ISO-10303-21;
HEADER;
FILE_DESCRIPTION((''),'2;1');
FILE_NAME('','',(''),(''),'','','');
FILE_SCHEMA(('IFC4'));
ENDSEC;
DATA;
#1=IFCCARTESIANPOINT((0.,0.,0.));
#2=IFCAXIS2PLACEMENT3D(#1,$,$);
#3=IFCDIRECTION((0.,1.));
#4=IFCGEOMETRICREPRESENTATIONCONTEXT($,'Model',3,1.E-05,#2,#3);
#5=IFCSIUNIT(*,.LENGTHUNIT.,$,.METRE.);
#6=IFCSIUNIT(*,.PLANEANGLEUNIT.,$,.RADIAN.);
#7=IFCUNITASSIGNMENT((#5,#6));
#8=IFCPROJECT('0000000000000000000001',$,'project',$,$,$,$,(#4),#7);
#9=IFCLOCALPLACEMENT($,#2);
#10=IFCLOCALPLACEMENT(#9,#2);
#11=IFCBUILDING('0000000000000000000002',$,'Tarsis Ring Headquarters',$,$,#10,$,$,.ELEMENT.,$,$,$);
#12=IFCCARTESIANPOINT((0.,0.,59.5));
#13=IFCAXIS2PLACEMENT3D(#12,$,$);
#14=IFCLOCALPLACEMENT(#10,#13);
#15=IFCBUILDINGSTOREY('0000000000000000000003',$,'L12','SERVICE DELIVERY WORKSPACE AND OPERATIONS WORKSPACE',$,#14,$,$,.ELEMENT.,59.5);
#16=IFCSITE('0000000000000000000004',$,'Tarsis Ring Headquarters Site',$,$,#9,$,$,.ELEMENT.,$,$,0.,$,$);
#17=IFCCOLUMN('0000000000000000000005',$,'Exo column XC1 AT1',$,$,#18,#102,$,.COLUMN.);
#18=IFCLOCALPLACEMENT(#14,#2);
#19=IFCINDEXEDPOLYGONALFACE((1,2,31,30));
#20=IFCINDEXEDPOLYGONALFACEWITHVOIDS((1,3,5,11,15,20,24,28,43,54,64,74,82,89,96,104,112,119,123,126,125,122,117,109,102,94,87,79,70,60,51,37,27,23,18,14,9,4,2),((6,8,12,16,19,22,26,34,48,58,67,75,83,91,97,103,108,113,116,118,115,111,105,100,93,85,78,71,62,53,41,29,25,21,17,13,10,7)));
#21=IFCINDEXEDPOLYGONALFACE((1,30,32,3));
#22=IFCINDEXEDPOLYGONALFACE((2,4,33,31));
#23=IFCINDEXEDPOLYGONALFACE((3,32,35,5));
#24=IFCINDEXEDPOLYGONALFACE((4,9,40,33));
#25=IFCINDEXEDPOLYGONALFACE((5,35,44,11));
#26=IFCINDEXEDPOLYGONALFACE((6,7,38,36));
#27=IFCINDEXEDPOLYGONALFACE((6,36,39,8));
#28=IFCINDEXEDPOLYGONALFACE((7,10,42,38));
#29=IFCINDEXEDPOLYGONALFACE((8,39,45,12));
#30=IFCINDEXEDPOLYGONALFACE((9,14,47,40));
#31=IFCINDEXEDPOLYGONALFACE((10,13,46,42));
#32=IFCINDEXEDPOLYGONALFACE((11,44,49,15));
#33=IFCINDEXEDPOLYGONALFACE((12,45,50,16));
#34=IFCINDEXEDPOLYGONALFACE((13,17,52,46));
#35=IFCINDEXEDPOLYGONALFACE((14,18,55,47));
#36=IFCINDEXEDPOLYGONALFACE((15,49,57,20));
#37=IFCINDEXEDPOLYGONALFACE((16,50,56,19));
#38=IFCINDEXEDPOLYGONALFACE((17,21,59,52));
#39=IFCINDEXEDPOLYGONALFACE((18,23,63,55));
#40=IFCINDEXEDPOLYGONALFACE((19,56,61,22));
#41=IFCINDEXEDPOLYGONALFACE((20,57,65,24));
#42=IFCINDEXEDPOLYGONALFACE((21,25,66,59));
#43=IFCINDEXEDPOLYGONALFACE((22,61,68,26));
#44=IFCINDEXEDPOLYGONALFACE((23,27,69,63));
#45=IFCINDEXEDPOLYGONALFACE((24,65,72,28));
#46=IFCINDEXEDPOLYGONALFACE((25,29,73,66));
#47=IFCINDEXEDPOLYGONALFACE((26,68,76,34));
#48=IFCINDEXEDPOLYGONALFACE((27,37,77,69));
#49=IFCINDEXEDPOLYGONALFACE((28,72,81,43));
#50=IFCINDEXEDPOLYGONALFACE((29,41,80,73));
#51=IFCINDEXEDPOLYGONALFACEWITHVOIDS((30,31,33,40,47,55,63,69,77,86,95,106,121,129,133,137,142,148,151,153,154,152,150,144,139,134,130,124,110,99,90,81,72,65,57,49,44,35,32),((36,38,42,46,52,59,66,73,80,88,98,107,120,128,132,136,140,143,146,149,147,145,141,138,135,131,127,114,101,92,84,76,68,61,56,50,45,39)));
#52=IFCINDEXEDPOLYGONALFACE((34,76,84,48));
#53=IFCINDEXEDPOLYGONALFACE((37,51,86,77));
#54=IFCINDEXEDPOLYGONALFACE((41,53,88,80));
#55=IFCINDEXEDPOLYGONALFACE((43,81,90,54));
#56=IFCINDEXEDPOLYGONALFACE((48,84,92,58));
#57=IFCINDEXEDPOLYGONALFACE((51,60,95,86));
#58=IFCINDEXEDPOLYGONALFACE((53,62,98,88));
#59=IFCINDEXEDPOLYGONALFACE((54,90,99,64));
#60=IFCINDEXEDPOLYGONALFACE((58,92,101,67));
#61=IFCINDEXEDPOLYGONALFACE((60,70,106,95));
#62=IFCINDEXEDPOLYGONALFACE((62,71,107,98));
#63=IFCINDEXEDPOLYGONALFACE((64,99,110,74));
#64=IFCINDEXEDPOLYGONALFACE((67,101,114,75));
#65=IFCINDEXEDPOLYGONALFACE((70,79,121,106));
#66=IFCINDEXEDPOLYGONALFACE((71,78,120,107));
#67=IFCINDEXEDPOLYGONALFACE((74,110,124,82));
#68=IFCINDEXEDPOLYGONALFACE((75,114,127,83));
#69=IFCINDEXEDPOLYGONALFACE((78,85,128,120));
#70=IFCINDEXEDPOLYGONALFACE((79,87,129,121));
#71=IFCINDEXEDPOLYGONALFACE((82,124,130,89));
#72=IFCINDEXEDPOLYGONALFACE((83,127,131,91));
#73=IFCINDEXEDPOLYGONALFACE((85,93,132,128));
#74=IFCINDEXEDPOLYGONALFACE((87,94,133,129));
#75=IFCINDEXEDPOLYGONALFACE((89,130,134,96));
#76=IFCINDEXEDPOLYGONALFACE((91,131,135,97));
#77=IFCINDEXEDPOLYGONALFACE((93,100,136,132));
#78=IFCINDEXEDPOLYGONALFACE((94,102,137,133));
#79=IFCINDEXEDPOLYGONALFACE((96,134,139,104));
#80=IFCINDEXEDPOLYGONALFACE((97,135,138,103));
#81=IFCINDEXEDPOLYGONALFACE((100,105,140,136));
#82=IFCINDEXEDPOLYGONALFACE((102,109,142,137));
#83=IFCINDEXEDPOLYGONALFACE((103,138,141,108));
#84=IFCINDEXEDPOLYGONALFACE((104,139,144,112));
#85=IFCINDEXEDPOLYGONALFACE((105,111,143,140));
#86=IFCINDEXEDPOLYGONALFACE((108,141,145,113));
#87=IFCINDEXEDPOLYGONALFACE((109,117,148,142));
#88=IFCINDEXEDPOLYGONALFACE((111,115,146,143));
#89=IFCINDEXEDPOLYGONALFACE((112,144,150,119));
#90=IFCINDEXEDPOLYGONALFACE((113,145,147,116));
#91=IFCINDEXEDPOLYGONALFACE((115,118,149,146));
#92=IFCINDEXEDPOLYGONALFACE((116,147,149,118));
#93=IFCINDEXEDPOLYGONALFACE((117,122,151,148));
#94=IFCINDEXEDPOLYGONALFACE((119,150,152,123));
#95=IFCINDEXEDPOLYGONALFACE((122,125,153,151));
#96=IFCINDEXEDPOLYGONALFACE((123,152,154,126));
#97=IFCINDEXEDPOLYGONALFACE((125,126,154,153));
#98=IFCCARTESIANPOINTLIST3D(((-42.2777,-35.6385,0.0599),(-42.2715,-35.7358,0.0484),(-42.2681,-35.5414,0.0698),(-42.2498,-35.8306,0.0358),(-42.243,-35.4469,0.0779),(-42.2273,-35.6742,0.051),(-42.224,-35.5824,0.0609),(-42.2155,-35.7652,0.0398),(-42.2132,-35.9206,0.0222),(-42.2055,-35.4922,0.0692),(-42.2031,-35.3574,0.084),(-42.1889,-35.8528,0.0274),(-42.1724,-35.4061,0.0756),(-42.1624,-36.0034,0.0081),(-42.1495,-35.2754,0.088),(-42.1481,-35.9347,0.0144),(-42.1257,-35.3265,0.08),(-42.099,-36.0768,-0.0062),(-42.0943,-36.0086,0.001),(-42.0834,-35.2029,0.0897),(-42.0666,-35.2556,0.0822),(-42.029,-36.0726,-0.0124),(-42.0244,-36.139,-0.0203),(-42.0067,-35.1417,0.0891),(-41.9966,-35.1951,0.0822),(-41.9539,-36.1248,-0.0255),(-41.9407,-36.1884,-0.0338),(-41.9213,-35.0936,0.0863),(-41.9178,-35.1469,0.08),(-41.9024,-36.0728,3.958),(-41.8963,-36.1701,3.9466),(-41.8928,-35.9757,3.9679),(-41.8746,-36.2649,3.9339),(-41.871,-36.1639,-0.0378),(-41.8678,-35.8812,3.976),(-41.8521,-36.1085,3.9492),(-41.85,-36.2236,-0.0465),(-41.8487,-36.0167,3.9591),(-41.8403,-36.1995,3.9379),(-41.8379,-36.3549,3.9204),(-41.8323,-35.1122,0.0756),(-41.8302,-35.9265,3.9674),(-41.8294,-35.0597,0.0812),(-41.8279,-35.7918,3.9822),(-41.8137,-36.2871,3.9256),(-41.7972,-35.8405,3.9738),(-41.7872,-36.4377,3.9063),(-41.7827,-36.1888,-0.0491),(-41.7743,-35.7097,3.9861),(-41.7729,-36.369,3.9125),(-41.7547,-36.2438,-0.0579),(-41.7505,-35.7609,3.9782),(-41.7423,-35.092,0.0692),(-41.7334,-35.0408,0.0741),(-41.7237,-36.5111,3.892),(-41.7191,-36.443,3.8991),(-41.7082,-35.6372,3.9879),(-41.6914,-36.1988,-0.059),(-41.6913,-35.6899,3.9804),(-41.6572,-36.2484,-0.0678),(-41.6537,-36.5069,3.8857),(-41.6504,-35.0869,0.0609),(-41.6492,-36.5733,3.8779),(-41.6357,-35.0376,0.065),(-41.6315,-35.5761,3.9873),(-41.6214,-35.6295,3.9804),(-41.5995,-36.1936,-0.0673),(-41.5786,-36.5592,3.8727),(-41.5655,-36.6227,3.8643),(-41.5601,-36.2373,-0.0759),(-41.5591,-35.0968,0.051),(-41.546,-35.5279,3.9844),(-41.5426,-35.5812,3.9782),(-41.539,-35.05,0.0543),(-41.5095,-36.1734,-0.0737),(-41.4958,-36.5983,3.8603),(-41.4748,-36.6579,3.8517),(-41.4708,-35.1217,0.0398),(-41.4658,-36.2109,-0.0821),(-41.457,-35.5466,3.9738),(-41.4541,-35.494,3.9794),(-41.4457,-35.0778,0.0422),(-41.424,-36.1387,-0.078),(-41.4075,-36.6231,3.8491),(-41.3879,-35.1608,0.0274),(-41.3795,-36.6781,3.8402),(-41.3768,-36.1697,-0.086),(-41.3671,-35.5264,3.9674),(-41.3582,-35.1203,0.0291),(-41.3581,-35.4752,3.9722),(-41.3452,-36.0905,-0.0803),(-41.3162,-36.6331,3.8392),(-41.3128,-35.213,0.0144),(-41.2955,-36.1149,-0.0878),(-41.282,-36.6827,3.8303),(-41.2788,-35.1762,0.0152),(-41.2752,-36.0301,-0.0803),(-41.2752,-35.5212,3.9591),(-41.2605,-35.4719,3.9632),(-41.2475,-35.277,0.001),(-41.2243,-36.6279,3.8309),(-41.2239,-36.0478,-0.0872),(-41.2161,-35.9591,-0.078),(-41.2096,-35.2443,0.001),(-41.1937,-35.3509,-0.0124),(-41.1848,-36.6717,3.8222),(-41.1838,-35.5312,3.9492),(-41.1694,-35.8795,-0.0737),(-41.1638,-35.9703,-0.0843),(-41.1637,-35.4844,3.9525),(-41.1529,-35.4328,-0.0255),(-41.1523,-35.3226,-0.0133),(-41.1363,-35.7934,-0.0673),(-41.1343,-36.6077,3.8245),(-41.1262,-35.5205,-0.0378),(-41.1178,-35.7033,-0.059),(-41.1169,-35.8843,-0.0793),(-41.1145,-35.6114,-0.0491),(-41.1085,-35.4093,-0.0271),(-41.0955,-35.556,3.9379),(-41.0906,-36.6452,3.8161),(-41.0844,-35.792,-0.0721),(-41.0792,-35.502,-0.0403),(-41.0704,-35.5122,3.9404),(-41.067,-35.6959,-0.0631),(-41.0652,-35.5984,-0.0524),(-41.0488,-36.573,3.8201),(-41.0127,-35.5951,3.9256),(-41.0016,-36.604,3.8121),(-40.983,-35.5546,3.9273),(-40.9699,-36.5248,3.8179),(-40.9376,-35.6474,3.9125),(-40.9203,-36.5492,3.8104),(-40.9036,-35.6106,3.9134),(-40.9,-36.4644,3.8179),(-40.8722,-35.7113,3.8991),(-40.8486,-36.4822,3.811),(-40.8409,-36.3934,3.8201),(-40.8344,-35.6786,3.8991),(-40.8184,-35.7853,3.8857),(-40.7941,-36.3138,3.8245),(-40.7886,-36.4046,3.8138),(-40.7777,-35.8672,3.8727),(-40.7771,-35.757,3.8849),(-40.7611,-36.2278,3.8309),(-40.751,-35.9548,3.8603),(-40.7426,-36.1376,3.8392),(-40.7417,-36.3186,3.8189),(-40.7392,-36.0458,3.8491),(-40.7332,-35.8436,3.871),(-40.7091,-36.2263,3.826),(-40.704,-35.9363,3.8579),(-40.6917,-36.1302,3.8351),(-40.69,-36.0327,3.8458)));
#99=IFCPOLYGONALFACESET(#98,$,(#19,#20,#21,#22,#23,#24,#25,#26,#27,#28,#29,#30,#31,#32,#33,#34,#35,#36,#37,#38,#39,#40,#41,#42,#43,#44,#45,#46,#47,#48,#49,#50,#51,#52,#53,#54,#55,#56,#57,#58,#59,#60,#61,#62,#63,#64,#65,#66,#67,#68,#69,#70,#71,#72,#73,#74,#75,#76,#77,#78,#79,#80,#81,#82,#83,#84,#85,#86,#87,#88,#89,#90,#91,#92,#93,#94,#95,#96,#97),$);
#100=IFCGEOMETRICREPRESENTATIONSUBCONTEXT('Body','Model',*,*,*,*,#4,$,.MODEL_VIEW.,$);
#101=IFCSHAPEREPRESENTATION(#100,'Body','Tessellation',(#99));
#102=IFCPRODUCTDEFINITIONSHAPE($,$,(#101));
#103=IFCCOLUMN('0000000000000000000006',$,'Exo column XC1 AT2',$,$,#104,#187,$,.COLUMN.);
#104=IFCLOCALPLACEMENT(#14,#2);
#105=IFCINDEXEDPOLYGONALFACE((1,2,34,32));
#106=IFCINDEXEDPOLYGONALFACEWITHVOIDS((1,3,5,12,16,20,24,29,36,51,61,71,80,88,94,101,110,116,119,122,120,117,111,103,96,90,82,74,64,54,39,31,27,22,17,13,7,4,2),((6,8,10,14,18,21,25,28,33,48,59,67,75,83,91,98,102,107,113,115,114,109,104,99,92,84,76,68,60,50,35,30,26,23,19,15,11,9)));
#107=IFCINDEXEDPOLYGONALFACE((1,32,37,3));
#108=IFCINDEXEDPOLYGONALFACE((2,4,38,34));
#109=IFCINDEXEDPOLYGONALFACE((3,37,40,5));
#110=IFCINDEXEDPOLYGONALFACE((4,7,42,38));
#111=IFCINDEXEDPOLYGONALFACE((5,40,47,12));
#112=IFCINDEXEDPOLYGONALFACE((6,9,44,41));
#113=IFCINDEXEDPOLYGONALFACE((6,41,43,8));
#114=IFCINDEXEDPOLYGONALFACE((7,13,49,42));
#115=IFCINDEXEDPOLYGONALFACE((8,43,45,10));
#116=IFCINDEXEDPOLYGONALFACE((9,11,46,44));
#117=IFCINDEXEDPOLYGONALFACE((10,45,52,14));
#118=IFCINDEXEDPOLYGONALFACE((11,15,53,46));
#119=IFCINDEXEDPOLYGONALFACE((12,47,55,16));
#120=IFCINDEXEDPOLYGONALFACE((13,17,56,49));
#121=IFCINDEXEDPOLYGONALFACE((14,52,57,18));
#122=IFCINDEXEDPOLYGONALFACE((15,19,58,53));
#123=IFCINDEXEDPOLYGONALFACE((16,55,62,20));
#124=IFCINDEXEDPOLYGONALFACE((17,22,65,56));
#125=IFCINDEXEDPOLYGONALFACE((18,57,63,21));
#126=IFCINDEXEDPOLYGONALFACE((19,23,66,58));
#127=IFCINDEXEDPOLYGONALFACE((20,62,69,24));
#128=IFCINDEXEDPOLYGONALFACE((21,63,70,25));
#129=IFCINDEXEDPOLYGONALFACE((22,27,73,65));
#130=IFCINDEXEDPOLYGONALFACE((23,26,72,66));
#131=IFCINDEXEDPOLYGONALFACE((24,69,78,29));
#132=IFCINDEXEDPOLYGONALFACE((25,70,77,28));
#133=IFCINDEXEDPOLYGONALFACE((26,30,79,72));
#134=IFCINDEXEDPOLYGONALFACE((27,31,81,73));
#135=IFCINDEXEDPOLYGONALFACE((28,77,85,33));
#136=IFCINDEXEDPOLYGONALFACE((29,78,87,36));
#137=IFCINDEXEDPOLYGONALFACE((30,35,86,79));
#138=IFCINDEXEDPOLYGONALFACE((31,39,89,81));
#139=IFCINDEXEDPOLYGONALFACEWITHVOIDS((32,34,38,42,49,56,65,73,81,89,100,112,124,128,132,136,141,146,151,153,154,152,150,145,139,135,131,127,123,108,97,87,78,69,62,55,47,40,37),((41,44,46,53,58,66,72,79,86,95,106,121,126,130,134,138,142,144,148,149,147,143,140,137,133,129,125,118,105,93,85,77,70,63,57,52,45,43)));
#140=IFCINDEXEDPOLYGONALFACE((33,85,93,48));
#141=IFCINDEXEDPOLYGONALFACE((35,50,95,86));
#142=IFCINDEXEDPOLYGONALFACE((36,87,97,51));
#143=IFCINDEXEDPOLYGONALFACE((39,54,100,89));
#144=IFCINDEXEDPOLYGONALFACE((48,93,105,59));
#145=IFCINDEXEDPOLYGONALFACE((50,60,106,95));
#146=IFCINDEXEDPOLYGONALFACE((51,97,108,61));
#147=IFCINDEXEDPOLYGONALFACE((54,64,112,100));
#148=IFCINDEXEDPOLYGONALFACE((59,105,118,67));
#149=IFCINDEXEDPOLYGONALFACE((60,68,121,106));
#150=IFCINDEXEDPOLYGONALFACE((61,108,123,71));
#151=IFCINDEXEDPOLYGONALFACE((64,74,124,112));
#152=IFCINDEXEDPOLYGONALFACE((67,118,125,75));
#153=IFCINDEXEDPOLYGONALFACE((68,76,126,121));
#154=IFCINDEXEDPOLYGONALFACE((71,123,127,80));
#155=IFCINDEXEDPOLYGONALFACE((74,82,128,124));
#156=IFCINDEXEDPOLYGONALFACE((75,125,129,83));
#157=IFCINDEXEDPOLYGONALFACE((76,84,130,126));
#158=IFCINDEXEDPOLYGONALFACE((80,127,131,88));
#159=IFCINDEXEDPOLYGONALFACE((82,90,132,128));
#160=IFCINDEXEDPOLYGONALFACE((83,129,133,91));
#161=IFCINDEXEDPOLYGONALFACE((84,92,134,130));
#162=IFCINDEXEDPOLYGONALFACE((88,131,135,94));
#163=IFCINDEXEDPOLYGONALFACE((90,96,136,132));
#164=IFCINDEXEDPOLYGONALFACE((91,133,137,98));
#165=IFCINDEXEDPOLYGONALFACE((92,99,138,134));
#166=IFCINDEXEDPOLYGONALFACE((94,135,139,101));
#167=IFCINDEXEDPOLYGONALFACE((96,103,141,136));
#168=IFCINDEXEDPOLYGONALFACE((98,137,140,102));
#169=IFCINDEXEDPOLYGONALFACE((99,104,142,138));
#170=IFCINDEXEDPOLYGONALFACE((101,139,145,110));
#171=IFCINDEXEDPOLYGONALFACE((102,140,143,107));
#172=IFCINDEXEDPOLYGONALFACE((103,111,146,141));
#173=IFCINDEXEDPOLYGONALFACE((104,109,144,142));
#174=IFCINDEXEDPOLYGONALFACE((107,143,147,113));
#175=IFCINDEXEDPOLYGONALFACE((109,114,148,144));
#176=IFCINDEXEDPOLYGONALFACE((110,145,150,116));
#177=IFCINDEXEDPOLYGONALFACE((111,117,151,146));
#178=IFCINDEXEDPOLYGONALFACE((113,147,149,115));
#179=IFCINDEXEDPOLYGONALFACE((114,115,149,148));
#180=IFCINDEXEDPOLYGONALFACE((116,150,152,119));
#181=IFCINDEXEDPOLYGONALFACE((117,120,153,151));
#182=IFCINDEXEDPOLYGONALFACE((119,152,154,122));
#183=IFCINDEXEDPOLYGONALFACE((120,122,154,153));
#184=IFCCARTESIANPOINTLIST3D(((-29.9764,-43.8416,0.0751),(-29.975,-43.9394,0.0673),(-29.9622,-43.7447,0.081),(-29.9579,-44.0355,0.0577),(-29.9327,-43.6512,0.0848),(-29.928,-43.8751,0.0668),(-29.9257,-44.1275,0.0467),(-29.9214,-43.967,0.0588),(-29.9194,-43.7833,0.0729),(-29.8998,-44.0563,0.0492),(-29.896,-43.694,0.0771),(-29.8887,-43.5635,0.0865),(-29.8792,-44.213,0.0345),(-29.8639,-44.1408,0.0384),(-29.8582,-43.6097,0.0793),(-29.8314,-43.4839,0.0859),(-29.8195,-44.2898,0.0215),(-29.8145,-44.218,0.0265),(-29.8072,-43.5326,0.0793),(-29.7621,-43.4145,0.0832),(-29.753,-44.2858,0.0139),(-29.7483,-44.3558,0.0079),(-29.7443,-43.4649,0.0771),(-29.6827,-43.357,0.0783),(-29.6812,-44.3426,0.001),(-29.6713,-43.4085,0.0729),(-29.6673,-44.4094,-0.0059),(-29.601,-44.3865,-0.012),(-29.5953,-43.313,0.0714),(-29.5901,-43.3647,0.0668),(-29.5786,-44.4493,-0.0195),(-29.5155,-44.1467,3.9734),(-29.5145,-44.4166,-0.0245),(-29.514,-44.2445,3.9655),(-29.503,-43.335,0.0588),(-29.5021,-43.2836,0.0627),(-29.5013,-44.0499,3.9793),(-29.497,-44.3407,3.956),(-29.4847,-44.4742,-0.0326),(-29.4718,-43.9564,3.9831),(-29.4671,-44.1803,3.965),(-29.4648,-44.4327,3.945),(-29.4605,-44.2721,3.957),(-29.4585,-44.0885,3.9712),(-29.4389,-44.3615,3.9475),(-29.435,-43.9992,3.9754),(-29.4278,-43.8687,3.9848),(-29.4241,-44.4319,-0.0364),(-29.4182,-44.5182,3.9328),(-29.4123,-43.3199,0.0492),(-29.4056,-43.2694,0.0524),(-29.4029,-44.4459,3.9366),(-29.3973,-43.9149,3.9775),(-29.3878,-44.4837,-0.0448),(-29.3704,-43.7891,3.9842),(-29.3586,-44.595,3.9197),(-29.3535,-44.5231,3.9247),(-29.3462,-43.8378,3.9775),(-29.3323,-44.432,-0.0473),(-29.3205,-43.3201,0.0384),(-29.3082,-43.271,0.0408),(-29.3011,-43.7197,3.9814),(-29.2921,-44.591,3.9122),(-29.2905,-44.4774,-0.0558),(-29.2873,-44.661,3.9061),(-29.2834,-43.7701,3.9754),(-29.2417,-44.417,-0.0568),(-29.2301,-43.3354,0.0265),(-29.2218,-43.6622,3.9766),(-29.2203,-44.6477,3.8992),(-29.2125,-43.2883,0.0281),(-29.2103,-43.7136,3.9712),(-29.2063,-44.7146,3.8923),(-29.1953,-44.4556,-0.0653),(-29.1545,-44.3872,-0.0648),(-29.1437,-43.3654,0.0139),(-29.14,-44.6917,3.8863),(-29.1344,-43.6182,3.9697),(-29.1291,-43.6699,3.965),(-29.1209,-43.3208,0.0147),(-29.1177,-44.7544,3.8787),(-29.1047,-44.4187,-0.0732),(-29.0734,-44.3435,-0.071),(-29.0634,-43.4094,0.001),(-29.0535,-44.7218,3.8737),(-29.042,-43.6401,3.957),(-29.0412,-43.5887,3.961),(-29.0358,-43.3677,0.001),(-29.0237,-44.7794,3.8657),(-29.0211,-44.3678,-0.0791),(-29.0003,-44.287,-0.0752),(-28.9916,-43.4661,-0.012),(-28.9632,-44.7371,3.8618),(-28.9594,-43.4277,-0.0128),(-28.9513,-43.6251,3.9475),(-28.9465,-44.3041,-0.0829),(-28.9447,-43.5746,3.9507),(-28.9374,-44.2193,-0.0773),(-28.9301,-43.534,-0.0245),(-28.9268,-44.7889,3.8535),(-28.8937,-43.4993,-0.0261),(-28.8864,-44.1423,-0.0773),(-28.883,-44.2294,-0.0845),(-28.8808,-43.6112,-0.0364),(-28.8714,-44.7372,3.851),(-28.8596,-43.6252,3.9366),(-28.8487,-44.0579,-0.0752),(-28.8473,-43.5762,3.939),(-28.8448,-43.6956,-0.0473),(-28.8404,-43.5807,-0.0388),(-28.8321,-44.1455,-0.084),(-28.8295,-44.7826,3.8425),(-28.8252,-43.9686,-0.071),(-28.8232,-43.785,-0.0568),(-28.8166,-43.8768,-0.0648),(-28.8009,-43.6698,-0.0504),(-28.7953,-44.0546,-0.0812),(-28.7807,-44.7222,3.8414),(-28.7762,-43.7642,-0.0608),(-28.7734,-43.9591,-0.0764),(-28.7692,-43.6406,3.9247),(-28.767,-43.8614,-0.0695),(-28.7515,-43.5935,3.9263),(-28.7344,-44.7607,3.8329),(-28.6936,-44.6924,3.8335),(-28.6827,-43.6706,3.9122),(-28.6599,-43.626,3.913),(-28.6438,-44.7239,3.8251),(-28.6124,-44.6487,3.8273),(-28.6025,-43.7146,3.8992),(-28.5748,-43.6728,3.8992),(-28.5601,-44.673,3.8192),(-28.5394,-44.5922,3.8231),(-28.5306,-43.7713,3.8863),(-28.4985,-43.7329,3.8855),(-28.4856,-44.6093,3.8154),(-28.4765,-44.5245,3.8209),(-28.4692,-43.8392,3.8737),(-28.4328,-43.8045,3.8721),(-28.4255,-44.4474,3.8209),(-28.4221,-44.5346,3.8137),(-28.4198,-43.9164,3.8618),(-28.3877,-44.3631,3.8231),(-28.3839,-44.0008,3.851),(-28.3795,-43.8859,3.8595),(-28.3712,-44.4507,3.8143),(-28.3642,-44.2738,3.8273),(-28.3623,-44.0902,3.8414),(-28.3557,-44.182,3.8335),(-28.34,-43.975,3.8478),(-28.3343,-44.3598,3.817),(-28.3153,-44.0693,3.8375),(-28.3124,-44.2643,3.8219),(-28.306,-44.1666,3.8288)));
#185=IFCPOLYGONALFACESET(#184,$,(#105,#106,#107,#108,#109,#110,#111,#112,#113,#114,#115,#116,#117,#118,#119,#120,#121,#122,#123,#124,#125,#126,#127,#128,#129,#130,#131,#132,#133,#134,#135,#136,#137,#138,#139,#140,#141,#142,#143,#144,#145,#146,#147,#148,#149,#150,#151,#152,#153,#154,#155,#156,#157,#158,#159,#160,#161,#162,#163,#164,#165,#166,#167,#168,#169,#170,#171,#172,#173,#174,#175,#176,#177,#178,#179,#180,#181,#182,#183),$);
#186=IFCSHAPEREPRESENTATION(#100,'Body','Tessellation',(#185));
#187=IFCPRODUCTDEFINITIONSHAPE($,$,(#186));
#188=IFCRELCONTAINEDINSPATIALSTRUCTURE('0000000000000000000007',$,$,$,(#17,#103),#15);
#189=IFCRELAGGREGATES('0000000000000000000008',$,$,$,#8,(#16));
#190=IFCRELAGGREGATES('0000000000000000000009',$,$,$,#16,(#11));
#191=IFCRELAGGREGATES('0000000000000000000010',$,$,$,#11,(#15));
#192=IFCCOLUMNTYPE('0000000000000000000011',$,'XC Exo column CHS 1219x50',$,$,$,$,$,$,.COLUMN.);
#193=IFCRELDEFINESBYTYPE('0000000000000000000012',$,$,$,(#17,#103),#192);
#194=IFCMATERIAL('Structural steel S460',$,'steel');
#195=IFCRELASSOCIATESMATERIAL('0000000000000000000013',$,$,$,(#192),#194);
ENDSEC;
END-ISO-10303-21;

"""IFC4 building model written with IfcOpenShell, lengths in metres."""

from ifc_helpers import new_model, si_unit, direction, frame, origin, origin_2d, place, context, subcontext, project, spatial, hollow_circle, extrude, material, material_profile, profile_set, type_object, element, save


model = new_model("IFC4")

# Units and contexts
model_context = context("Model", 3, precision=1e-05, world=origin(), true_north=direction((0.0, 1.0)))
body_context = subcontext(model_context, "Body", "Model", "MODEL_VIEW")
ifc_project = project(units=[si_unit("LENGTHUNIT", "METRE"), si_unit("PLANEANGLEUNIT", "RADIAN")], contexts=[model_context])

# Site, building, storey
site_placement = place(None, origin())
site = spatial("IfcSite", under=ifc_project, at=site_placement, Name="Tarsis Ring Headquarters Site", CompositionType="ELEMENT", RefElevation=0.0)
building_placement = place(site_placement, origin())
building = spatial("IfcBuilding", under=site, at=building_placement, Name="Tarsis Ring Headquarters", CompositionType="ELEMENT")
storey_placement = place(building_placement, frame((0.0, 0.0, 59.5)))
storey = spatial("IfcBuildingStorey", under=building, at=storey_placement, Name="L12", Description="SERVICE DELIVERY WORKSPACE AND OPERATIONS WORKSPACE", CompositionType="ELEMENT", Elevation=59.5)

# Columns
ifc_material_1 = material(Name="Structural steel S460", Category="steel")
ifc_material_profile_1 = material_profile(ifc_material_1, hollow_circle(Radius=0.6096, WallThickness=0.05, at=origin_2d()), Name="CHS 1219x50")
ifc_profile_set_1 = profile_set([ifc_material_profile_1], Name="Structural steel S460")
column_type = type_object("IfcColumnType", Name="XC Exo column CHS 1219x50", PredefinedType="COLUMN", material=ifc_profile_set_1)
column_1_placement = place(storey_placement, frame((-41.6709, -35.6428, 0.001), z_axis=(0.095234, -0.110229, 0.989333), x_axis=(0.756699, 0.653764, 0.0)))
element("IfcColumn", 1, at=column_1_placement, inside=storey, type_object=column_type, Name="Exo column XC1 AT1", PredefinedType="COLUMN", context=body_context, shape_type="SweptSolid", body=[
    extrude(hollow_circle(Radius=0.6096, WallThickness=0.05, at=origin_2d()), origin(), (0.0, 0.0, 1.0), 3.9402),
])
column_2_placement = place(storey_placement, frame((-29.3723, -43.876, 0.001), z_axis=(0.117073, -0.077511, 0.990094), x_axis=(0.552048, 0.833813, 0.0)))
element("IfcColumn", 2, at=column_2_placement, inside=storey, type_object=column_type, Name="Exo column XC1 AT2", PredefinedType="COLUMN", context=body_context, shape_type="SweptSolid", body=[
    extrude(hollow_circle(Radius=0.6096, WallThickness=0.05, at=origin_2d()), origin(), (0.0, 0.0, 1.0), 3.9373),
])

save(model, "model.ifc")
